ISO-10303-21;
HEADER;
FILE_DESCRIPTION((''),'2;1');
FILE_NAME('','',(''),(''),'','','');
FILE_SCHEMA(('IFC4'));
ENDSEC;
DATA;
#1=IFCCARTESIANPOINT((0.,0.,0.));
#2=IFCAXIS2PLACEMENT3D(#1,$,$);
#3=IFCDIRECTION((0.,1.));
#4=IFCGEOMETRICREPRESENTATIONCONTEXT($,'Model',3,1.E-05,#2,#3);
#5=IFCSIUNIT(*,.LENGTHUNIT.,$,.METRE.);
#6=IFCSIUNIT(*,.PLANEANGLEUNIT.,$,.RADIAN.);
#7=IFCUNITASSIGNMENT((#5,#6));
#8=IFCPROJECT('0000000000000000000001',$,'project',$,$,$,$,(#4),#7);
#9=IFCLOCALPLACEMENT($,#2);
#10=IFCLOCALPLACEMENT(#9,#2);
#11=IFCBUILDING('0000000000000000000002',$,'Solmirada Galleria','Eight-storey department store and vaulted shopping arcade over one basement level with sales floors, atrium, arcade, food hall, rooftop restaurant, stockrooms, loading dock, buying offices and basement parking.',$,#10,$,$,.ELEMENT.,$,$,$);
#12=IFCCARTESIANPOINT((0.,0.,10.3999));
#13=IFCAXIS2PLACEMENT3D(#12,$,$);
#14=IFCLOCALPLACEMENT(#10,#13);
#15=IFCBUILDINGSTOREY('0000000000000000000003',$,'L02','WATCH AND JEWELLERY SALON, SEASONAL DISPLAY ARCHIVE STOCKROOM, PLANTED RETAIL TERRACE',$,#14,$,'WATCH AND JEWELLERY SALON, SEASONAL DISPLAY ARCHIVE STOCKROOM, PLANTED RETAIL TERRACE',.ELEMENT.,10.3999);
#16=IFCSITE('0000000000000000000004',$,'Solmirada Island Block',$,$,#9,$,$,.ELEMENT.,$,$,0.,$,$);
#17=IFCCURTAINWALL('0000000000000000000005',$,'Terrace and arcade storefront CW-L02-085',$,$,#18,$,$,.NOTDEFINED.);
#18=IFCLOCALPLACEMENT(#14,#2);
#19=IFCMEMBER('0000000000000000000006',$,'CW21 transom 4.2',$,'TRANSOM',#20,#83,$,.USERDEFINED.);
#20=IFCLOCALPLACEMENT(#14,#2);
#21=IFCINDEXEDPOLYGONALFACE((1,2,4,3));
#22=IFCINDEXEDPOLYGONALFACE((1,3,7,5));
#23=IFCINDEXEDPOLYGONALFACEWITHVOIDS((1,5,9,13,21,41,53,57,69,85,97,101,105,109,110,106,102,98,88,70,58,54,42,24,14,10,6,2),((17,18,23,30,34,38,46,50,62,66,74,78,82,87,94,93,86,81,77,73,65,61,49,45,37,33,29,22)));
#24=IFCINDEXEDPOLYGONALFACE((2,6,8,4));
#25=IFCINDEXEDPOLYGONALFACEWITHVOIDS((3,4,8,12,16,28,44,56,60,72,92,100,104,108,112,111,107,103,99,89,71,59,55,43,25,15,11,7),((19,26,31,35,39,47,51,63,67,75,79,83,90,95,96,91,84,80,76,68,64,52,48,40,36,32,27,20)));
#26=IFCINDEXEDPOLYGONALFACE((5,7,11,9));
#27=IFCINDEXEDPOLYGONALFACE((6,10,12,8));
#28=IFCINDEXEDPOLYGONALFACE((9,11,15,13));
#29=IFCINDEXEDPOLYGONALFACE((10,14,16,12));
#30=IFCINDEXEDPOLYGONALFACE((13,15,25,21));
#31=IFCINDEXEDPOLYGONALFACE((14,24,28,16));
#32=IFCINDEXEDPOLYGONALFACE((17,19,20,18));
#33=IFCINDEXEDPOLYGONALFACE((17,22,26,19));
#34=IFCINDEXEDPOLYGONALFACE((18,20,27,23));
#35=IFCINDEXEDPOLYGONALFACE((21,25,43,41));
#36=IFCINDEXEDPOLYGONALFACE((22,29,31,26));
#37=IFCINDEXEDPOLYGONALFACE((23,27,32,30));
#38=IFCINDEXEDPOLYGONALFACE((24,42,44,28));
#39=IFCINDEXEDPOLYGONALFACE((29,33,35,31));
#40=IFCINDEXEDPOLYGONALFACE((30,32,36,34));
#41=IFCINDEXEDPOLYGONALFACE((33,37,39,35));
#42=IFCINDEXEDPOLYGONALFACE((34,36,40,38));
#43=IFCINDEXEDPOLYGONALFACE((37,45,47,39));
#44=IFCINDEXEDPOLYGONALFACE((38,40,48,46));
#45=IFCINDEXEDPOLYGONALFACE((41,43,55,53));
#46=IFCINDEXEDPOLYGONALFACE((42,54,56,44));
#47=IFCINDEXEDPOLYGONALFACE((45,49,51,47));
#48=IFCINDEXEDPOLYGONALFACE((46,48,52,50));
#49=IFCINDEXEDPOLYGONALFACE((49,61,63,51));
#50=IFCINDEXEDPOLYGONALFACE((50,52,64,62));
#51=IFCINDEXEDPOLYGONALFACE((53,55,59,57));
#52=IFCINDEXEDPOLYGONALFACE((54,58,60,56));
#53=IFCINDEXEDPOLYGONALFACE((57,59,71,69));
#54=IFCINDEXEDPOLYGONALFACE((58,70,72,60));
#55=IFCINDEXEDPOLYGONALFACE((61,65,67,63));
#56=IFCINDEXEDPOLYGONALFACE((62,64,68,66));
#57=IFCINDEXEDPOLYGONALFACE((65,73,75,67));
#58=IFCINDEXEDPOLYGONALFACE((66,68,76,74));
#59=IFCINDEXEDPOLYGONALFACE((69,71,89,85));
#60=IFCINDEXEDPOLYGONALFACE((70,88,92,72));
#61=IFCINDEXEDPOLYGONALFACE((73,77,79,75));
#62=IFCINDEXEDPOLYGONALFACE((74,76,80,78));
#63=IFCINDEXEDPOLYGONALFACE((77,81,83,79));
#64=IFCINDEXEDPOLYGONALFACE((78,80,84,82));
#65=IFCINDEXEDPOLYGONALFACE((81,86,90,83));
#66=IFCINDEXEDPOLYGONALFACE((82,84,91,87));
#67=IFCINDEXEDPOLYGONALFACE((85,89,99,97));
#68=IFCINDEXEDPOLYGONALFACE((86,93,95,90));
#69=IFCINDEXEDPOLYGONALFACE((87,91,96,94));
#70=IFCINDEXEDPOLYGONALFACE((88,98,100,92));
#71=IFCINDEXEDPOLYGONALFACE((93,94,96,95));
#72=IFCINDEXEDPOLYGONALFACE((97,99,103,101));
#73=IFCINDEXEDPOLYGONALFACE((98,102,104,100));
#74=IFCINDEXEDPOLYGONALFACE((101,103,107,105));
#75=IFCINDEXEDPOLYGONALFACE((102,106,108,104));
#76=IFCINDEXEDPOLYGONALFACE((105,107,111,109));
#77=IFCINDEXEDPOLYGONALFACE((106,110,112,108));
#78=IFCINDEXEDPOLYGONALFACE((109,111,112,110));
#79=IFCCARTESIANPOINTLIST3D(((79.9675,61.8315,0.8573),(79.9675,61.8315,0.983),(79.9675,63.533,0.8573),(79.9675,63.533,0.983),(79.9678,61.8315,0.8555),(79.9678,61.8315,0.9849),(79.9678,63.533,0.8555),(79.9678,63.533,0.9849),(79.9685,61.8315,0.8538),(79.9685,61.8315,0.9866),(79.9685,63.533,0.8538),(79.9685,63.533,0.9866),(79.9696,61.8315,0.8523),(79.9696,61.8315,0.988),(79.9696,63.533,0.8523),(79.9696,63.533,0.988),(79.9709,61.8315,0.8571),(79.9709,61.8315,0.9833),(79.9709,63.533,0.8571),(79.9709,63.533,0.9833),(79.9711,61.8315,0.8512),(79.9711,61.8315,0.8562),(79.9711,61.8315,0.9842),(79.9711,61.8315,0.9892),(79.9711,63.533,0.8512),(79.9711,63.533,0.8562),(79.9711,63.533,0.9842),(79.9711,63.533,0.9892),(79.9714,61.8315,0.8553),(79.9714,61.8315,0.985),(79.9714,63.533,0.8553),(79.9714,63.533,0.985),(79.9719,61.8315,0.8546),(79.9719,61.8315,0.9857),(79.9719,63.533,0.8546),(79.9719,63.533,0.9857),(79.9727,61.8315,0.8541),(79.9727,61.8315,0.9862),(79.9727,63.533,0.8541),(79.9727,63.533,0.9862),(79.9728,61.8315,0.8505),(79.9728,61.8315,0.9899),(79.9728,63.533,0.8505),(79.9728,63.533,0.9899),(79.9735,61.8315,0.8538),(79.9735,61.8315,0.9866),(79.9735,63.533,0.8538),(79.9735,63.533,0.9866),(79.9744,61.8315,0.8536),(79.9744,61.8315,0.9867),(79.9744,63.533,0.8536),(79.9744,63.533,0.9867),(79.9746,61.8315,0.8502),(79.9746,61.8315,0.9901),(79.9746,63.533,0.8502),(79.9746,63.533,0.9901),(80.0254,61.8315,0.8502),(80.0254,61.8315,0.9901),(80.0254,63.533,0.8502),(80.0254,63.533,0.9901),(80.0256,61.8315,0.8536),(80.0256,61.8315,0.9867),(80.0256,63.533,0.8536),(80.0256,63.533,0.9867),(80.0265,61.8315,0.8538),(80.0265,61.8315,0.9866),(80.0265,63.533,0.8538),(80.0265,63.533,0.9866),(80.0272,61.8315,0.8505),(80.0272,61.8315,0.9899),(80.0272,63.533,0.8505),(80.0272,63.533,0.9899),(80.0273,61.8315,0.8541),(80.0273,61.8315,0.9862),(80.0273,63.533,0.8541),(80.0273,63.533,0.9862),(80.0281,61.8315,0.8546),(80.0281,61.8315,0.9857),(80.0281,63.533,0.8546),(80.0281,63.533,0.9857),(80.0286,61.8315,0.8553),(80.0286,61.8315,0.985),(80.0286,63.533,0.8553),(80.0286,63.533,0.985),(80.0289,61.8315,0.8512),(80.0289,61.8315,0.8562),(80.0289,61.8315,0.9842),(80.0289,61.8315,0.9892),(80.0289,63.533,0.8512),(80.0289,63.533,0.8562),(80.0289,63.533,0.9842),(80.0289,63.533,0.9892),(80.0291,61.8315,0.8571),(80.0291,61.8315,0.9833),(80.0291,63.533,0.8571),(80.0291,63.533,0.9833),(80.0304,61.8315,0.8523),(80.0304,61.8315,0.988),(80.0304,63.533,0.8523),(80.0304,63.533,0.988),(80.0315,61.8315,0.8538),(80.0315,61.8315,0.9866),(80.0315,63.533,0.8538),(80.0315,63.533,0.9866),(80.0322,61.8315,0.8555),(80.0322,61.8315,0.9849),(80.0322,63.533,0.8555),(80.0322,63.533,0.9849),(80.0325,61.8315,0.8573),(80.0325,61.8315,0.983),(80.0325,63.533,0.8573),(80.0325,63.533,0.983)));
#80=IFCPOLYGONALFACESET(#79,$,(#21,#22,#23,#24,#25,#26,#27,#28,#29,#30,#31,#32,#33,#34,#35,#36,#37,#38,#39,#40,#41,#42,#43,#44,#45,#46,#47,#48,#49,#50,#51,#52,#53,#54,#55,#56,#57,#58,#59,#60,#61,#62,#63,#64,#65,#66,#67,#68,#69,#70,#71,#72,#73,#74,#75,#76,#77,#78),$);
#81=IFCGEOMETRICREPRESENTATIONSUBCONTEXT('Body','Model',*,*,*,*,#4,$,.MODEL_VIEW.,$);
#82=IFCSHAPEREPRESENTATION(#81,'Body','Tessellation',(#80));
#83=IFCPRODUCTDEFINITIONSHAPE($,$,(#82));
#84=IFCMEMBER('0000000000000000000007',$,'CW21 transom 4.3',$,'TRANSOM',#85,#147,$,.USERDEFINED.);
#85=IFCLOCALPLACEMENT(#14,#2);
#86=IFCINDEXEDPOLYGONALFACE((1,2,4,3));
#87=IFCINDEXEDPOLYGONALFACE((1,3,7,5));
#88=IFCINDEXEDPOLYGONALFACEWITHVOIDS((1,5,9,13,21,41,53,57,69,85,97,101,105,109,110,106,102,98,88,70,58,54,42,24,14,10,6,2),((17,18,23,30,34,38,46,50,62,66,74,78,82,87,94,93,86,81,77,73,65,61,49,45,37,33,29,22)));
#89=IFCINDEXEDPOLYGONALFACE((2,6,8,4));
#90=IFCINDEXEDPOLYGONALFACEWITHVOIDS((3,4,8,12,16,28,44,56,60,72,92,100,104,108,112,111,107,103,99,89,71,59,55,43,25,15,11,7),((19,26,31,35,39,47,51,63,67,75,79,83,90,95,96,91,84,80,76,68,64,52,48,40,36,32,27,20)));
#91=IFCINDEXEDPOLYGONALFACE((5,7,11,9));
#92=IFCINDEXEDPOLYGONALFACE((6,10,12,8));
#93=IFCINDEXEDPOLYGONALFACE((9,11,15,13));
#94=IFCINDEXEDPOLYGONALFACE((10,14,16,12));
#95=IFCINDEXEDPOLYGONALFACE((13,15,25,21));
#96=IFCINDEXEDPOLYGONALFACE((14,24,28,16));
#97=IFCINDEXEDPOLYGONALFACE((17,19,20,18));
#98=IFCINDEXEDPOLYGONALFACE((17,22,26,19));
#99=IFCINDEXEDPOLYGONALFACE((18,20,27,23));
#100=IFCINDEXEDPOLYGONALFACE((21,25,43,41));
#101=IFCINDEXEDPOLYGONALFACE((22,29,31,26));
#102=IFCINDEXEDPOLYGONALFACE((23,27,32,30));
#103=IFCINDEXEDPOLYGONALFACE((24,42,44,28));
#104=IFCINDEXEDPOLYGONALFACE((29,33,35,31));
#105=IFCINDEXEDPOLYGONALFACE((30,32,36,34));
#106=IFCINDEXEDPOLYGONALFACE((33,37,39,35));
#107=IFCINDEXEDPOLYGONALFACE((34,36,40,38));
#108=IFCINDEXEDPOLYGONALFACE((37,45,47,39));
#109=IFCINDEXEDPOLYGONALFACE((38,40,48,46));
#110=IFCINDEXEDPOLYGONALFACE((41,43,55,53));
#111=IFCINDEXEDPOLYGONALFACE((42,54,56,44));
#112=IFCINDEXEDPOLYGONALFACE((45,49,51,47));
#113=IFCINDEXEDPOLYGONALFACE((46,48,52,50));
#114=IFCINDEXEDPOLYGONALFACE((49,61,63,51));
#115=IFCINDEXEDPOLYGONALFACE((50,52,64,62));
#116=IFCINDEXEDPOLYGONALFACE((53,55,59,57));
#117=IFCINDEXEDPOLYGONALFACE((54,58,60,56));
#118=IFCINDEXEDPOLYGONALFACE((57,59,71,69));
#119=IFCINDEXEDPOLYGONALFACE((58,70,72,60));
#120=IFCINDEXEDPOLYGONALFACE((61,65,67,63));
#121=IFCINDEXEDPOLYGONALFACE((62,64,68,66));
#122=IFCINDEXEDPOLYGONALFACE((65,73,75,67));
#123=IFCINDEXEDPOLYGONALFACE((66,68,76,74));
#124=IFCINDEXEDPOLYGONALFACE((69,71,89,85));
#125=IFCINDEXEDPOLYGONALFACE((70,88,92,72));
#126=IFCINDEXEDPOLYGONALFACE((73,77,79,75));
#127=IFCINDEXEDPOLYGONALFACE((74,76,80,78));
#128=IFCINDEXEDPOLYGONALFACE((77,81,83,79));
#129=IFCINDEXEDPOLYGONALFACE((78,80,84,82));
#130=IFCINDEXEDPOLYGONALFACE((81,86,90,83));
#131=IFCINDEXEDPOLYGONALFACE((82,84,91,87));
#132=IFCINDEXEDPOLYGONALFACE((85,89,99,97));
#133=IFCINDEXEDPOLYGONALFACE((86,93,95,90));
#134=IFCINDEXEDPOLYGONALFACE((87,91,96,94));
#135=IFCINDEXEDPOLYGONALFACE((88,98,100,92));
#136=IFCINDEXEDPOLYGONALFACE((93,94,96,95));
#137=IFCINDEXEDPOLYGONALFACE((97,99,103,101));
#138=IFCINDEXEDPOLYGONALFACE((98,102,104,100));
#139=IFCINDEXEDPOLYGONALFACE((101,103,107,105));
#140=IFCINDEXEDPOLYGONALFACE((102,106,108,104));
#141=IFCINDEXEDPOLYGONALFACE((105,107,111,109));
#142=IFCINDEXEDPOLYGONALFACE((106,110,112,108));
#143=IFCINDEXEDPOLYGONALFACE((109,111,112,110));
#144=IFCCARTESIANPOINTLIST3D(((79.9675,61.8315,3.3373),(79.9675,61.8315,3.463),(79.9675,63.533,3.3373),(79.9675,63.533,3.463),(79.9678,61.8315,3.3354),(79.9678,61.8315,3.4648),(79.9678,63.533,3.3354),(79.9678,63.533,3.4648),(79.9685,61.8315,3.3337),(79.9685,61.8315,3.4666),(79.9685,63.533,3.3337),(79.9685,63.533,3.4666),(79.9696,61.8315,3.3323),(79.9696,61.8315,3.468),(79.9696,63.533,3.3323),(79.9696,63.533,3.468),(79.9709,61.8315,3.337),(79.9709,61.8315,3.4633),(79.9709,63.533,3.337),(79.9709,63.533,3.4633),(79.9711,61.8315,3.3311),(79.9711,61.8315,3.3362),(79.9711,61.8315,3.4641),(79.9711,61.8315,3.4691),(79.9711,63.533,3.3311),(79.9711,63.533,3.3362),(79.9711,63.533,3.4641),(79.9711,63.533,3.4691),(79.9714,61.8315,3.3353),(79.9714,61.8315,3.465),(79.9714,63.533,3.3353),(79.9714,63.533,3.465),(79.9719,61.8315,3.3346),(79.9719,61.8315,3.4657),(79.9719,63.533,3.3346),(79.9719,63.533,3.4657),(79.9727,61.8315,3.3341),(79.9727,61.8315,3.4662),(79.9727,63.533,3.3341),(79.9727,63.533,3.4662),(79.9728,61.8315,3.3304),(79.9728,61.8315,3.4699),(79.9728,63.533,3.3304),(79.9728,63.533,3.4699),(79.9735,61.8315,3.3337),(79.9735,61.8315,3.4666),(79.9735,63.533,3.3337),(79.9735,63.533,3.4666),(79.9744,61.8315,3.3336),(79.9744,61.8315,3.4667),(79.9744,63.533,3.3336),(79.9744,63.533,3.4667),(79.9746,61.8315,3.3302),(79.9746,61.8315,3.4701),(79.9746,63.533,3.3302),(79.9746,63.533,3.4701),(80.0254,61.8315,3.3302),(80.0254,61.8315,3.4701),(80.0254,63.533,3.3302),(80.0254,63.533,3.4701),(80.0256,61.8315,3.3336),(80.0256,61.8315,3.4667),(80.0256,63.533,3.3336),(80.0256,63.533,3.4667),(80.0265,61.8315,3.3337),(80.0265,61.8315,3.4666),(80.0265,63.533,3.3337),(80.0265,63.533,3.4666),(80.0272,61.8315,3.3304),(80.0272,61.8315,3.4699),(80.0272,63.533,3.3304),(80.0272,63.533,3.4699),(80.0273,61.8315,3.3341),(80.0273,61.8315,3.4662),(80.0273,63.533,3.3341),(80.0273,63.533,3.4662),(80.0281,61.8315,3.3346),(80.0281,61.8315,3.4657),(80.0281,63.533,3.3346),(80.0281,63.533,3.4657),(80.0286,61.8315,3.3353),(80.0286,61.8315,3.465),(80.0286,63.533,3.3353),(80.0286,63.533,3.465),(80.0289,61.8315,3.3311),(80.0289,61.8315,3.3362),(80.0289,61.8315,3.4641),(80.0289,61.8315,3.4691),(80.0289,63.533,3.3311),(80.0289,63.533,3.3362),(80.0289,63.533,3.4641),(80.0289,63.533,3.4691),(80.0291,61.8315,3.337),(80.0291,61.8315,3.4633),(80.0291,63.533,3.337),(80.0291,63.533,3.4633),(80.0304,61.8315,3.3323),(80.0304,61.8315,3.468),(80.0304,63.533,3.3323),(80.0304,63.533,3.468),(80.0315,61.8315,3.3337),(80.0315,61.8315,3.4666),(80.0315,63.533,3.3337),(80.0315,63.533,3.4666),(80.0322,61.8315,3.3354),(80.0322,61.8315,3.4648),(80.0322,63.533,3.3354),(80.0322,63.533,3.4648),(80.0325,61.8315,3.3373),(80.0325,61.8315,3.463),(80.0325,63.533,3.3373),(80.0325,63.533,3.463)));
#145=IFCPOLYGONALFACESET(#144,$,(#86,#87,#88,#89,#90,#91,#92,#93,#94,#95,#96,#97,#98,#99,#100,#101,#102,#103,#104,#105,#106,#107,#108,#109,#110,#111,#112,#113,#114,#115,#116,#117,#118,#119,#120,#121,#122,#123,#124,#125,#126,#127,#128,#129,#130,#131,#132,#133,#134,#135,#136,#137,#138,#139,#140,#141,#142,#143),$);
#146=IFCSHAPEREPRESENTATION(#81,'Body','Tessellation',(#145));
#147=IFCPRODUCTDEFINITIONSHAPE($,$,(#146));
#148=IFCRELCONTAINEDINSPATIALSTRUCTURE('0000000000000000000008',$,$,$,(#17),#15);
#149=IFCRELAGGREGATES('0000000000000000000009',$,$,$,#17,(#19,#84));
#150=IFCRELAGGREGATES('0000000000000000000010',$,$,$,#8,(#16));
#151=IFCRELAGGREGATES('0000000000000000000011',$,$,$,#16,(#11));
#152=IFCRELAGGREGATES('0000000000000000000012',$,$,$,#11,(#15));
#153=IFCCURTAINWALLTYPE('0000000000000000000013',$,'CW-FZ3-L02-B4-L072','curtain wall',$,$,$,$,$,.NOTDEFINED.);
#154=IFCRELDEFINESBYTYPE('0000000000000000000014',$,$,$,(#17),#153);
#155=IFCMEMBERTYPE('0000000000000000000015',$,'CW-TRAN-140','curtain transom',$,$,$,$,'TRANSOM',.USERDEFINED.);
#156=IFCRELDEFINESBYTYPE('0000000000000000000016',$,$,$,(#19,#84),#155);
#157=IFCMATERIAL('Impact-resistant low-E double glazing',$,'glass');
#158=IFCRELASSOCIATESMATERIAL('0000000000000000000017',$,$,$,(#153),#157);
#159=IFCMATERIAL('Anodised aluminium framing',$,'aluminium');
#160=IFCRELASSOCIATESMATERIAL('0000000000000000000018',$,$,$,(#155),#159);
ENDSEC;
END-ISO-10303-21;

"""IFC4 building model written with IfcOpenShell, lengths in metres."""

from ifc_helpers import new_model, si_unit, direction, frame, origin, origin_2d, place, context, subcontext, project, spatial, hollow_rectangle, extrude, material, material_profile, profile_set, type_object, element, aggregate, save


model = new_model("IFC4")

# Units and contexts
model_context = context("Model", 3, precision=1e-05, world=origin(), true_north=direction((0.0, 1.0)))
body_context = subcontext(model_context, "Body", "Model", "MODEL_VIEW")
ifc_project = project(units=[si_unit("LENGTHUNIT", "METRE"), si_unit("PLANEANGLEUNIT", "RADIAN")], contexts=[model_context])

# Site, building, storey
site_placement = place(None, origin())
site = spatial("IfcSite", under=ifc_project, at=site_placement, Name="Solmirada Island Block", CompositionType="ELEMENT", RefElevation=0.0)
building_placement = place(site_placement, origin())
building = spatial("IfcBuilding", under=site, at=building_placement, Name="Solmirada Galleria", Description="Eight-storey department store and vaulted shopping arcade over one basement level with sales floors, atrium, arcade, food hall, rooftop restaurant, stockrooms, loading dock, buying offices and basement parking.", CompositionType="ELEMENT")
storey_placement = place(building_placement, frame((0.0, 0.0, 10.3999)))
storey = spatial("IfcBuildingStorey", under=building, at=storey_placement, Name="L02", Description="WATCH AND JEWELLERY SALON, SEASONAL DISPLAY ARCHIVE STOCKROOM, PLANTED RETAIL TERRACE", LongName="WATCH AND JEWELLERY SALON, SEASONAL DISPLAY ARCHIVE STOCKROOM, PLANTED RETAIL TERRACE", CompositionType="ELEMENT", Elevation=10.3999)

# Shared definitions
ifc_material_1 = material(Name="Impact-resistant low-E double glazing", Category="glass")
curtain_wall_type = type_object("IfcCurtainWallType", Name="CW-FZ3-L02-B4-L072", Description="curtain wall", PredefinedType="NOTDEFINED", material=ifc_material_1)
ifc_material_2 = material(Name="Anodised aluminium framing", Category="aluminium")

# Curtain wall
curtain_wall_1_placement = place(storey_placement, origin())
curtain_wall_1 = element("IfcCurtainWall", 1, at=curtain_wall_1_placement, inside=storey, type_object=curtain_wall_type, Name="Terrace and arcade storefront CW-L02-085", PredefinedType="NOTDEFINED")

# Members
ifc_material_profile_1 = material_profile(ifc_material_2, hollow_rectangle(XDim=0.0649, YDim=0.1399, WallThickness=0.0034, InnerFilletRadius=0.0034, OuterFilletRadius=0.0071, at=origin_2d()), Name="ALU-TRAN-140X65")
ifc_profile_set_1 = profile_set([ifc_material_profile_1], Name="Anodised aluminium framing")
member_type_1 = type_object("IfcMemberType", Name="CW-TRAN-140", Description="curtain transom", ElementType="TRANSOM", PredefinedType="USERDEFINED", material=ifc_profile_set_1)
member_1_placement = place(storey_placement, frame((80.0, 61.8315, 0.9202), z_axis=(0.0, 1.0, 0.0), x_axis=(-1.0, 0.0, 0.0)))
member_1 = element("IfcMember", 2, at=member_1_placement, type_object=member_type_1, Name="CW21 transom 4.2", ObjectType="TRANSOM", PredefinedType="USERDEFINED", context=body_context, shape_type="SweptSolid", body=[
    extrude(hollow_rectangle(XDim=0.0649, YDim=0.1399, WallThickness=0.0034, InnerFilletRadius=0.0034, OuterFilletRadius=0.0071, at=origin_2d()), origin(), (0.0, 0.0, 1.0), 1.7014),
])
member_2_placement = place(storey_placement, frame((80.0, 61.8315, 3.4001), z_axis=(0.0, 1.0, 0.0), x_axis=(-1.0, 0.0, 0.0)))
member_2 = element("IfcMember", 3, at=member_2_placement, type_object=member_type_1, Name="CW21 transom 4.3", ObjectType="TRANSOM", PredefinedType="USERDEFINED", context=body_context, shape_type="SweptSolid", body=[
    extrude(hollow_rectangle(XDim=0.0649, YDim=0.1399, WallThickness=0.0034, InnerFilletRadius=0.0034, OuterFilletRadius=0.0071, at=origin_2d()), origin(), (0.0, 0.0, 1.0), 1.7014),
])

aggregate(curtain_wall_1, [member_1, member_2])

save(model, "model.ifc")
